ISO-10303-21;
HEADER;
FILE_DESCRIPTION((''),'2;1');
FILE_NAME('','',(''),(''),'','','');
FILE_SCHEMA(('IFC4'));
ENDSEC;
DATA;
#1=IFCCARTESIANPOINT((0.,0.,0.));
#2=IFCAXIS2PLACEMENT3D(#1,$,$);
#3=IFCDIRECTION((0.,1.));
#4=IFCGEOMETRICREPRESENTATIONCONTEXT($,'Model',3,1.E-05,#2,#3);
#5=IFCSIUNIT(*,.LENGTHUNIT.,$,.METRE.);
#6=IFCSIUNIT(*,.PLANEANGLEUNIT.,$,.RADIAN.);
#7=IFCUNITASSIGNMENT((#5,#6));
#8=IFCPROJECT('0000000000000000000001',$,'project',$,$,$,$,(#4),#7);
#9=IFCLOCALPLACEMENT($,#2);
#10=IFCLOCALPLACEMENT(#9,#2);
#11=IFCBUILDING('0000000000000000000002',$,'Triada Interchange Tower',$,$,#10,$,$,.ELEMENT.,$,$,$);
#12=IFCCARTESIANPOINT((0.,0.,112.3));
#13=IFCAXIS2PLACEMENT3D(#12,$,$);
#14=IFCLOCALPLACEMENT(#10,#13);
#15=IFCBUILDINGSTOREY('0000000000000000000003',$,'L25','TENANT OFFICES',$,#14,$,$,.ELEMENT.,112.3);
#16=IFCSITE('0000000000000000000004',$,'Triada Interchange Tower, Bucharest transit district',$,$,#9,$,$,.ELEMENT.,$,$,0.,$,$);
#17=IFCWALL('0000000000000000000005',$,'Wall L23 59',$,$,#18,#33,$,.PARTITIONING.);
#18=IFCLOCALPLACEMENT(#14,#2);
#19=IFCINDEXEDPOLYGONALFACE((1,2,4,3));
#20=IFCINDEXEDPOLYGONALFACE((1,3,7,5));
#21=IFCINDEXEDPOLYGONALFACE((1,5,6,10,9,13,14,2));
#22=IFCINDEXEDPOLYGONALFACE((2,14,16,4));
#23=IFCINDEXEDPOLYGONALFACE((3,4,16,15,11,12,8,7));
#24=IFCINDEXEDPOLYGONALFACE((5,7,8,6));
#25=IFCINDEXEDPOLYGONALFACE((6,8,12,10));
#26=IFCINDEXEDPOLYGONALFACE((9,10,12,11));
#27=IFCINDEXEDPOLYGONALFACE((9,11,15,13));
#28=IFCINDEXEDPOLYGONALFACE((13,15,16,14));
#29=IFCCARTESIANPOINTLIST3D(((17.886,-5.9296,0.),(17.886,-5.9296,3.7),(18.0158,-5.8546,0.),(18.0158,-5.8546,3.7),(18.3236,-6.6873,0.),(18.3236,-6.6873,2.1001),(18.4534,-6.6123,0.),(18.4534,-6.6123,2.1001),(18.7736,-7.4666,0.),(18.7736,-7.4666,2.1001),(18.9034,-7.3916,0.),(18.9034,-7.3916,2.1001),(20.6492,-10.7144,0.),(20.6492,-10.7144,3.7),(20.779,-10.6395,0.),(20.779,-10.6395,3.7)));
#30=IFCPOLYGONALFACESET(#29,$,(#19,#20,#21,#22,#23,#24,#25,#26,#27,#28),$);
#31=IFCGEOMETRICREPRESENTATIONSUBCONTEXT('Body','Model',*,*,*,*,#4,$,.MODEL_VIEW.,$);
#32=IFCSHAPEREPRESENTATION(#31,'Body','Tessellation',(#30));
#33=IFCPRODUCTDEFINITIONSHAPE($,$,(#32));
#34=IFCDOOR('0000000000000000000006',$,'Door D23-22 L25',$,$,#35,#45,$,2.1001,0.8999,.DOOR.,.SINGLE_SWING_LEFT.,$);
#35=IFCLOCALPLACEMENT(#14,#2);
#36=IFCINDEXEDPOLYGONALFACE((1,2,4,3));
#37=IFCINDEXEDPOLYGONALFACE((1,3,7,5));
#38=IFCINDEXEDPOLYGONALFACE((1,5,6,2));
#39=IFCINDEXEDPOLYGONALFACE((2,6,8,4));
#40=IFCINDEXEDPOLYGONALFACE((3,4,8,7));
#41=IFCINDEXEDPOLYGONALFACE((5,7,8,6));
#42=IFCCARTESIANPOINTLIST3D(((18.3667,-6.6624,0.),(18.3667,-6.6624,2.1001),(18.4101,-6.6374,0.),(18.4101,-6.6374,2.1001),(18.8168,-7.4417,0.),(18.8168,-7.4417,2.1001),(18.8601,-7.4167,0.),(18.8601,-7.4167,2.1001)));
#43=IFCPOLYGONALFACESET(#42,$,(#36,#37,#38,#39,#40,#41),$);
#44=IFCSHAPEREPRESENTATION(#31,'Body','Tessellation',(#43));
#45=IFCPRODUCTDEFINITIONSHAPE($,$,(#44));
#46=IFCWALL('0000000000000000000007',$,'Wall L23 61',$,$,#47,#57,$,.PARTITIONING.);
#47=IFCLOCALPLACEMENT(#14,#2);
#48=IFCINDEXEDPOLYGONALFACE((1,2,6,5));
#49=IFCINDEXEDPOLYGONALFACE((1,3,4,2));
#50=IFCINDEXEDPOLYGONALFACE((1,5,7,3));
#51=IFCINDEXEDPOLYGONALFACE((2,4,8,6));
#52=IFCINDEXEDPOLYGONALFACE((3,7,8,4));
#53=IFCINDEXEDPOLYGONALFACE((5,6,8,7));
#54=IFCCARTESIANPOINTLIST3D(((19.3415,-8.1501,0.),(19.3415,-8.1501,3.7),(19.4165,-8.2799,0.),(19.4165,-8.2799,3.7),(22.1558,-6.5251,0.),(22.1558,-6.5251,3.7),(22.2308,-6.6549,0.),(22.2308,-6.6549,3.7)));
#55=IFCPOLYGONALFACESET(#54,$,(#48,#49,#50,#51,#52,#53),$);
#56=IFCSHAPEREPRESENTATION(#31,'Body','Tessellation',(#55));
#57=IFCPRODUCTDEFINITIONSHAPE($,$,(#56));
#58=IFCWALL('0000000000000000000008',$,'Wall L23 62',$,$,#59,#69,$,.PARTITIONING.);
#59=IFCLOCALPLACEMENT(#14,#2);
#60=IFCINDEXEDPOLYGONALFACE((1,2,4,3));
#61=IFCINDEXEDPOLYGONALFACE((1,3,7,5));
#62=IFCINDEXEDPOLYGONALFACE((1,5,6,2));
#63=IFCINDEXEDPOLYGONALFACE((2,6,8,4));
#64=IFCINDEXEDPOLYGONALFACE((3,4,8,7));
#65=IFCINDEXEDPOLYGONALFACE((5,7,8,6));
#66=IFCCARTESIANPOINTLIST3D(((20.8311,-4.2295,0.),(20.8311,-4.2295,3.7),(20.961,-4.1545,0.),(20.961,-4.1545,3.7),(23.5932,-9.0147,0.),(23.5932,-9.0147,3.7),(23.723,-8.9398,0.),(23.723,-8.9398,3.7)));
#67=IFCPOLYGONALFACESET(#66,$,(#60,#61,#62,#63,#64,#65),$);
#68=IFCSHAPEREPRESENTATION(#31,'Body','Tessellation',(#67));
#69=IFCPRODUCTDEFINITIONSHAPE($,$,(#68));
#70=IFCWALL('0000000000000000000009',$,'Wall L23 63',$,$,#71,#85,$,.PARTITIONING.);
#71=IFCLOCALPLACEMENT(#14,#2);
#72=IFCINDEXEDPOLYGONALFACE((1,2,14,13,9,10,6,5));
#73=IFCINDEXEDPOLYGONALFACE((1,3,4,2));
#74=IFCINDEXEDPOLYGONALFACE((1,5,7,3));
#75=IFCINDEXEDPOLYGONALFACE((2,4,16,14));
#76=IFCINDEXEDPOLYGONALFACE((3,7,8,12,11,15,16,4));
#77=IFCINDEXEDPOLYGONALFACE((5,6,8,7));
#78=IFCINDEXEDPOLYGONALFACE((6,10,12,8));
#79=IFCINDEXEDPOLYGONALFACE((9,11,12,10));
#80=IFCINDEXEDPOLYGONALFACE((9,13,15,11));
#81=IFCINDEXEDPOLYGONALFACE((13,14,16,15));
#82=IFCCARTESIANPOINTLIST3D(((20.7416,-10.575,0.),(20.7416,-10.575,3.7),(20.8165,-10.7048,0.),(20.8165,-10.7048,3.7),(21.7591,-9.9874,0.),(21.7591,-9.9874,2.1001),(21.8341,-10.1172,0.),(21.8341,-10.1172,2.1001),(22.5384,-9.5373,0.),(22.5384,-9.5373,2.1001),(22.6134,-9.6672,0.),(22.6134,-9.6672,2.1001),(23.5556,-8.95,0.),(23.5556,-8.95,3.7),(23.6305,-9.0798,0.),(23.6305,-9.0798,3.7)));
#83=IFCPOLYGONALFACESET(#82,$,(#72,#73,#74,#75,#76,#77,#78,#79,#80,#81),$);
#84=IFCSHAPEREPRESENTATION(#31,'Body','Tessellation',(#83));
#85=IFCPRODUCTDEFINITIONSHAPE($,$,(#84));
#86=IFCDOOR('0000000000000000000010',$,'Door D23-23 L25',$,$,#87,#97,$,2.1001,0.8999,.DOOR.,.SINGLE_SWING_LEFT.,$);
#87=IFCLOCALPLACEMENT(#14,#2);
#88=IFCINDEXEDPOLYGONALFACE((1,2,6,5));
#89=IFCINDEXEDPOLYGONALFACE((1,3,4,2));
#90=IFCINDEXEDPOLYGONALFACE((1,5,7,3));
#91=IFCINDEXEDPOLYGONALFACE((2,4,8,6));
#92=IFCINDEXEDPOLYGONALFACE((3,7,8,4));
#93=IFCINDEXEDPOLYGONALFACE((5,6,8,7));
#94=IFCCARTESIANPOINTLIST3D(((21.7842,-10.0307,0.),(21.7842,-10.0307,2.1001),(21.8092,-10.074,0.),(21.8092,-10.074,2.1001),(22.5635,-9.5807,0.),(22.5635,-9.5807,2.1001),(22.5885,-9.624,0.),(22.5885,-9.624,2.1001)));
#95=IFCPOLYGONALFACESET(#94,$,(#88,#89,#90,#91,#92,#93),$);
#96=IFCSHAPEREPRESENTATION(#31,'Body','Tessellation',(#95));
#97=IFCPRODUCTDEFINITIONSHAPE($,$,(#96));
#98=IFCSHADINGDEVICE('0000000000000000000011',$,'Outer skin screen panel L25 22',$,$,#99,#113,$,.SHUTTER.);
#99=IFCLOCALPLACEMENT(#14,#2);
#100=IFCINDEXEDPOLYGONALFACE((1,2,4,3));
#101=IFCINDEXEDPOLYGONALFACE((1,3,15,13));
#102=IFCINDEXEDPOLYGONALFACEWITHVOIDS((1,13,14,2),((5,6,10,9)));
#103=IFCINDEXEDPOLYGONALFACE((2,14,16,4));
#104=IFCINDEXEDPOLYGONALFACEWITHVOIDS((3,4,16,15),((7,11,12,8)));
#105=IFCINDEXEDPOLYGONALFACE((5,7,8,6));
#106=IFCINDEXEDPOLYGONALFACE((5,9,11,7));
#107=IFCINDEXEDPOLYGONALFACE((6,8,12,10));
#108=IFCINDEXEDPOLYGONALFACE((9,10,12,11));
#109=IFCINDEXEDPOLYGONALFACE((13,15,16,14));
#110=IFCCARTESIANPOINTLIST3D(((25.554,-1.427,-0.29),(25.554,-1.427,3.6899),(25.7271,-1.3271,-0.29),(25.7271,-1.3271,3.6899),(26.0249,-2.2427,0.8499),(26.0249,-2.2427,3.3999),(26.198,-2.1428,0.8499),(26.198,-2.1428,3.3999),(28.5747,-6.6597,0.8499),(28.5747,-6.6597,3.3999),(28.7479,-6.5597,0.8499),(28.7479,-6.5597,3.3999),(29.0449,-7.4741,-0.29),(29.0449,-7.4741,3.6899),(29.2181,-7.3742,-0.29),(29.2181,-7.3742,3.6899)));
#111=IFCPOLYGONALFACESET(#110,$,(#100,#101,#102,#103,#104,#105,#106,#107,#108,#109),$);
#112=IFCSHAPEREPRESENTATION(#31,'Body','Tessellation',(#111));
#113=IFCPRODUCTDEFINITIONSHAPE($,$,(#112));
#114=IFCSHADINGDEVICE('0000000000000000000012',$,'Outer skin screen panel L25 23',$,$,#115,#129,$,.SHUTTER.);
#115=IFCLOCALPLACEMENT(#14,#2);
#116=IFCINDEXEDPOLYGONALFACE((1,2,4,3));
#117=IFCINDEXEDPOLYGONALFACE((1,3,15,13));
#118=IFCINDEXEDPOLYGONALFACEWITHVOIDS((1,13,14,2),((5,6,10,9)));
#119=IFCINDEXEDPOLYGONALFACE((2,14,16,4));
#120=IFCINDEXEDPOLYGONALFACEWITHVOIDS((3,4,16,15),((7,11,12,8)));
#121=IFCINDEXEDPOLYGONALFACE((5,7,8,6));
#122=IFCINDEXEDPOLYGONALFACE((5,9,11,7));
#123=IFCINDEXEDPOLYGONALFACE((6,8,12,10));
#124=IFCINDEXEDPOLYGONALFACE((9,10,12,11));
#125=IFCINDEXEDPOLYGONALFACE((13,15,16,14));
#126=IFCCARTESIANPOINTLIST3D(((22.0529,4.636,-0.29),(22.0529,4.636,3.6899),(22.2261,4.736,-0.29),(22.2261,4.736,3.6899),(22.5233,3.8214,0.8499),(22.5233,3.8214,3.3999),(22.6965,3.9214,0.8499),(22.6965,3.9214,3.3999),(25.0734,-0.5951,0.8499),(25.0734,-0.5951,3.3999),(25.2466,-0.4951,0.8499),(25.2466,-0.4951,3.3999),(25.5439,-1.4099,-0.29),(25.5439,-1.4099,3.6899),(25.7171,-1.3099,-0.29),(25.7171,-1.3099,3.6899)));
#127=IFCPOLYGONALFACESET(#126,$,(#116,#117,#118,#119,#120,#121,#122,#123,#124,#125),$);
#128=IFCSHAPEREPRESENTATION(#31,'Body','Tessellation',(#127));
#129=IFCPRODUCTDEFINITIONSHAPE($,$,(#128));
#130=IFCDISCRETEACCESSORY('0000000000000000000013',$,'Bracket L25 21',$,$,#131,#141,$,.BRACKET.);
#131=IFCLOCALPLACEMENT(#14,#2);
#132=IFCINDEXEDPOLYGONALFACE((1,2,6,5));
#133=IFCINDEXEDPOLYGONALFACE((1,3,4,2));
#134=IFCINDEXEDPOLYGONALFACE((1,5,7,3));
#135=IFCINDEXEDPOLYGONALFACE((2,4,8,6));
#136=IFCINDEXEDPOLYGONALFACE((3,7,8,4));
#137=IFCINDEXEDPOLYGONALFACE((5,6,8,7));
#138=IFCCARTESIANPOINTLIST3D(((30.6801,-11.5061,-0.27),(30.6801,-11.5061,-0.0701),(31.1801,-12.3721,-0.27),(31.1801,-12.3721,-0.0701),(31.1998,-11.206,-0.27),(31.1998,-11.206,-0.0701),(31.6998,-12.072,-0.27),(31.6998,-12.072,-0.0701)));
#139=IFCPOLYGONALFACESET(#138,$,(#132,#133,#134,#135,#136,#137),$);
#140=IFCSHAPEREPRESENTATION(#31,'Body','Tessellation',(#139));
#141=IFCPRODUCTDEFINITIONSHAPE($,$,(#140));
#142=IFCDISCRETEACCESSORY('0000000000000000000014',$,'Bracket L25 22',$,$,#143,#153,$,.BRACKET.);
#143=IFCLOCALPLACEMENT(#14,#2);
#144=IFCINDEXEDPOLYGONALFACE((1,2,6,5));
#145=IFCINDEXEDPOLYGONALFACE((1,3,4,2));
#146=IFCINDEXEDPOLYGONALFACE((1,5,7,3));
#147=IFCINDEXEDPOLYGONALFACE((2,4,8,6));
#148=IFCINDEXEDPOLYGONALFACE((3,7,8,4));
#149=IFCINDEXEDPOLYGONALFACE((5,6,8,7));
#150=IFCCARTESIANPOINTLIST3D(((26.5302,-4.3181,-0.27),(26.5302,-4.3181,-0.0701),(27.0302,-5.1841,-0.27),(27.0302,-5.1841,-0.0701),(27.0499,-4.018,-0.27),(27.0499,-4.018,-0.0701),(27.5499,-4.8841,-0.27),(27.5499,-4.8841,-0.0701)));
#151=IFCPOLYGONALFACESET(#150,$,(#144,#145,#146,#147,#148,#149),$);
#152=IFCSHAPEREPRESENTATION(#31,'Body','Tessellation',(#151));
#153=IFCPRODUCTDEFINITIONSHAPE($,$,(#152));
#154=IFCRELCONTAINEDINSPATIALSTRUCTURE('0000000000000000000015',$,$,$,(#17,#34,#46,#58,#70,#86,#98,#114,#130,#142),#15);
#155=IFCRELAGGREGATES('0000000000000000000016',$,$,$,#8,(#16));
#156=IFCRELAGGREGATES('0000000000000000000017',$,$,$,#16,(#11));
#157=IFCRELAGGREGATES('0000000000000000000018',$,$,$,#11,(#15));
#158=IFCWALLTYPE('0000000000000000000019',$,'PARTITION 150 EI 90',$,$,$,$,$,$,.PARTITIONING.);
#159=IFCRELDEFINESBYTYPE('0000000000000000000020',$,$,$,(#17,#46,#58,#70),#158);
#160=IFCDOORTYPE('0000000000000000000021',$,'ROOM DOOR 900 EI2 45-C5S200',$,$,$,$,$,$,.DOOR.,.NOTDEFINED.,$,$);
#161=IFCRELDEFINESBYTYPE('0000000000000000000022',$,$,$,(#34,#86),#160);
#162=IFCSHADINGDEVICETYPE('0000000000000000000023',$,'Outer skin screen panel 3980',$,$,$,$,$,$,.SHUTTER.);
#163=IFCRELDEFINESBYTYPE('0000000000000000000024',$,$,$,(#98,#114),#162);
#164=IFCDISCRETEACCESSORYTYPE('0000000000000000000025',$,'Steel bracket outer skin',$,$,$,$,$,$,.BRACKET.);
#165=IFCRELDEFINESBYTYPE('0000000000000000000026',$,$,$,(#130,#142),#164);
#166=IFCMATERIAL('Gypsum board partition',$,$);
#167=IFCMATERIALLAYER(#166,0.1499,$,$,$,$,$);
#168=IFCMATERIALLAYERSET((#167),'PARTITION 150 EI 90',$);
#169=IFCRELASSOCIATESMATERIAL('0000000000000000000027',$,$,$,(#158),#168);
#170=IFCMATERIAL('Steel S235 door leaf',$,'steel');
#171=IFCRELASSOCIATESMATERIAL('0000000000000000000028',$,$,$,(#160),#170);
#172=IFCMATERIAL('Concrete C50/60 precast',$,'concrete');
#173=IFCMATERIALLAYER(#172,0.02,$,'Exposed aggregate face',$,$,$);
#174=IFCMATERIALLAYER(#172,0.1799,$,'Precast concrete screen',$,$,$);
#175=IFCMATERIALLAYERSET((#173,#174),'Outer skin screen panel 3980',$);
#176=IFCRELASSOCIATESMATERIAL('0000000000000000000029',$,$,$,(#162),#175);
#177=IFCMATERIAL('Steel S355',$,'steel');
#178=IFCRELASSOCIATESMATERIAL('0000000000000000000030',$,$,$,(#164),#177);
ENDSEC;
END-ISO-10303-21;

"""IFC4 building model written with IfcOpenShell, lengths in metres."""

from ifc_helpers import new_model, si_unit, direction, frame, frame_2d, origin, origin_2d, place, context, subcontext, project, spatial, polyline, rectangle, outline, extrude, material, layer, layer_set, type_object, element, fill, save


model = new_model("IFC4")

# Units and contexts
model_context = context("Model", 3, precision=1e-05, world=origin(), true_north=direction((0.0, 1.0)))
body_context = subcontext(model_context, "Body", "Model", "MODEL_VIEW")
ifc_project = project(units=[si_unit("LENGTHUNIT", "METRE"), si_unit("PLANEANGLEUNIT", "RADIAN")], contexts=[model_context])

# Site, building, storey
site_placement = place(None, origin())
site = spatial("IfcSite", under=ifc_project, at=site_placement, Name="Triada Interchange Tower, Bucharest transit district", CompositionType="ELEMENT", RefElevation=0.0)
building_placement = place(site_placement, origin())
building = spatial("IfcBuilding", under=site, at=building_placement, Name="Triada Interchange Tower", CompositionType="ELEMENT")
storey_placement = place(building_placement, frame((0.0, 0.0, 112.3)))
storey = spatial("IfcBuildingStorey", under=building, at=storey_placement, Name="L25", Description="TENANT OFFICES", CompositionType="ELEMENT", Elevation=112.3)

# Shared definitions
ifc_material_1 = material(Name="Gypsum board partition")

# Wall, opening, door
ifc_layer_1 = layer(ifc_material_1, 0.1499)
ifc_layer_set_1 = layer_set([ifc_layer_1], Name="PARTITION 150 EI 90")
wall_type_1 = type_object("IfcWallType", Name="PARTITION 150 EI 90", PredefinedType="PARTITIONING", material=ifc_layer_set_1)
wall_1_placement = place(storey_placement, frame((17.9509, -5.8921, 0.0), z_axis=(0.0, 0.0, 1.0), x_axis=(0.500083, -0.865977, 0.0)))
wall_1 = element("IfcWall", 1, at=wall_1_placement, inside=storey, type_object=wall_type_1, Name="Wall L23 59", PredefinedType="PARTITIONING", context=body_context, shape_type="SweptSolid", body=[
    extrude(rectangle(XDim=5.5254, YDim=0.1499, at=frame_2d((2.7627, 0.0))), origin(), (0.0, 0.0, 1.0), 3.7),
])
opening_1_placement = place(wall_1_placement, frame((0.875, 0.0, 0.0)))
opening_1 = element("IfcOpeningElement", 2, at=opening_1_placement, cuts=wall_1, PredefinedType="OPENING", context=body_context, shape_type="SweptSolid", body=[
    extrude(rectangle(XDim=0.8999, YDim=2.1001, at=frame_2d((0.45, 1.05))), frame((0.0, 0.085, 0.0), z_axis=(0.0, -1.0, 0.0), x_axis=(1.0, 0.0, 0.0)), (0.0, 0.0, 1.0), 0.1699),
])
ifc_material_2 = material(Name="Steel S235 door leaf", Category="steel")
door_type = type_object("IfcDoorType", Name="ROOM DOOR 900 EI2 45-C5S200", OperationType="NOTDEFINED", PredefinedType="DOOR", material=ifc_material_2)
door_1_placement = place(opening_1_placement, origin())
door_1 = element("IfcDoor", 3, at=door_1_placement, inside=storey, type_object=door_type, Name="Door D23-22 L25", OperationType="SINGLE_SWING_LEFT", OverallHeight=2.1001, OverallWidth=0.8999, PredefinedType="DOOR", context=body_context, shape_type="SweptSolid", body=[
    extrude(rectangle(XDim=0.8999, YDim=2.1001, at=frame_2d((0.45, 1.05))), frame((0.0, 0.0249, 0.0), z_axis=(0.0, -1.0, 0.0), x_axis=(1.0, 0.0, 0.0)), (0.0, 0.0, 1.0), 0.05),
])
fill(opening_1, door_1)

# Walls
wall_2_placement = place(storey_placement, frame((19.3789, -8.2151, 0.0), z_axis=(0.0, 0.0, 1.0), x_axis=(0.865997, 0.50005, 0.0)))
element("IfcWall", 4, at=wall_2_placement, inside=storey, type_object=wall_type_1, Name="Wall L23 61", PredefinedType="PARTITIONING", context=body_context, shape_type="SweptSolid", body=[
    extrude(rectangle(XDim=3.2498, YDim=0.1499, at=frame_2d((1.625, 0.0))), origin(), (0.0, 0.0, 1.0), 3.7),
])
wall_3_placement = place(storey_placement, frame((20.896, -4.1919, 0.0), z_axis=(0.0, 0.0, 1.0), x_axis=(0.499898, -0.866084, 0.0)))
element("IfcWall", 5, at=wall_3_placement, inside=storey, type_object=wall_type_1, Name="Wall L23 62", PredefinedType="PARTITIONING", context=body_context, shape_type="SweptSolid", body=[
    extrude(rectangle(XDim=5.5251, YDim=0.1499, at=frame_2d((2.7627, 0.0))), origin(), (0.0, 0.0, 1.0), 3.7),
])

# Wall, opening, door
wall_4_placement = place(storey_placement, frame((20.7791, -10.6399, 0.0), z_axis=(0.0, 0.0, 1.0), x_axis=(0.865978, 0.500082, 0.0)))
wall_4 = element("IfcWall", 6, at=wall_4_placement, inside=storey, type_object=wall_type_1, Name="Wall L23 63", PredefinedType="PARTITIONING", context=body_context, shape_type="SweptSolid", body=[
    extrude(rectangle(XDim=3.2495, YDim=0.1499, at=frame_2d((1.6248, 0.0))), origin(), (0.0, 0.0, 1.0), 3.7),
])
opening_2_placement = place(wall_4_placement, frame((1.175, 0.0, 0.0)))
opening_2 = element("IfcOpeningElement", 7, at=opening_2_placement, cuts=wall_4, PredefinedType="OPENING", context=body_context, shape_type="SweptSolid", body=[
    extrude(rectangle(XDim=0.8999, YDim=2.1001, at=frame_2d((0.45, 1.05))), frame((0.0, 0.085, 0.0), z_axis=(0.0, -1.0, 0.0), x_axis=(1.0, 0.0, 0.0)), (0.0, 0.0, 1.0), 0.1699),
])
door_2_placement = place(opening_2_placement, origin())
door_2 = element("IfcDoor", 8, at=door_2_placement, inside=storey, type_object=door_type, Name="Door D23-23 L25", OperationType="SINGLE_SWING_LEFT", OverallHeight=2.1001, OverallWidth=0.8999, PredefinedType="DOOR", context=body_context, shape_type="SweptSolid", body=[
    extrude(rectangle(XDim=0.8999, YDim=2.1001, at=frame_2d((0.45, 1.05))), frame((0.0, 0.0249, 0.0), z_axis=(0.0, -1.0, 0.0), x_axis=(1.0, 0.0, 0.0)), (0.0, 0.0, 1.0), 0.05),
])
fill(opening_2, door_2)

# Shading devices
ifc_material_3 = material(Name="Concrete C50/60 precast", Category="concrete")
ifc_layer_2 = layer(ifc_material_3, 0.02, Name="Exposed aggregate face")
ifc_layer_3 = layer(ifc_material_3, 0.1799, Name="Precast concrete screen")
ifc_layer_set_2 = layer_set([ifc_layer_2, ifc_layer_3], Name="Outer skin screen panel 3980")
shading_device_type = type_object("IfcShadingDeviceType", Name="Outer skin screen panel 3980", PredefinedType="SHUTTER", material=ifc_layer_set_2)
shading_device_1_placement = place(storey_placement, frame((29.0449, -7.4741, -0.29), z_axis=(0.0, 0.0, 1.0), x_axis=(-0.499964, 0.866046, 0.0)))
element("IfcShadingDevice", 9, at=shading_device_1_placement, inside=storey, type_object=shading_device_type, Name="Outer skin screen panel L25 22", PredefinedType="SHUTTER", context=body_context, shape_type="SweptSolid", body=[
    extrude(outline(polyline([(0.0, 0.0), (6.9824, 0.0), (6.9824, 3.98), (0.0, 3.98), (0.0, 0.0)]), holes=[polyline([(0.9404, 1.1399), (0.9404, 3.6899), (6.0405, 3.6899), (6.0405, 1.1399), (0.9404, 1.1399)])]), frame((0.0, 0.0, 0.0), z_axis=(0.0, -1.0, 0.0), x_axis=(1.0, 0.0, 0.0)), (0.0, 0.0, 1.0), 0.2),
])
shading_device_2_placement = place(storey_placement, frame((25.5439, -1.4099, -0.29), z_axis=(0.0, 0.0, 1.0), x_axis=(-0.500039, 0.866003, 0.0)))
element("IfcShadingDevice", 10, at=shading_device_2_placement, inside=storey, type_object=shading_device_type, Name="Outer skin screen panel L25 23", PredefinedType="SHUTTER", context=body_context, shape_type="SweptSolid", body=[
    extrude(outline(polyline([(0.0, 0.0), (6.9814, 0.0), (6.9814, 3.98), (0.0, 3.98), (0.0, 0.0)]), holes=[polyline([(0.9409, 1.1399), (0.9409, 3.6899), (6.0408, 3.6899), (6.0408, 1.1399), (0.9409, 1.1399)])]), frame((0.0, 0.0, 0.0), z_axis=(0.0, -1.0, 0.0), x_axis=(1.0, 0.0, 0.0)), (0.0, 0.0, 1.0), 0.2),
])

# Discrete accessories
ifc_material_4 = material(Name="Steel S355", Category="steel")
discrete_accessory_type = type_object("IfcDiscreteAccessoryType", Name="Steel bracket outer skin", PredefinedType="BRACKET", material=ifc_material_4)
for number, where, z_axis, x_axis, name in (
    (11, (31.1899, -11.7891, -0.27), (0.0, 0.0, 1.0), (0.866022, 0.500006, 0.0), "Bracket L25 21"),
    (12, (27.04, -4.6011, -0.27), (0.0, 0.0, 1.0), (0.866022, 0.500006, 0.0), "Bracket L25 22"),
):
    element("IfcDiscreteAccessory", number, at=place(storey_placement, frame(where, z_axis=z_axis, x_axis=x_axis)), inside=storey, type_object=discrete_accessory_type, Name=name, PredefinedType="BRACKET", context=body_context, shape_type="SweptSolid", body=[
        extrude(rectangle(XDim=0.6001, YDim=1.0, at=origin_2d()), origin(), (0.0, 0.0, 1.0), 0.2),
    ])

save(model, "model.ifc")
